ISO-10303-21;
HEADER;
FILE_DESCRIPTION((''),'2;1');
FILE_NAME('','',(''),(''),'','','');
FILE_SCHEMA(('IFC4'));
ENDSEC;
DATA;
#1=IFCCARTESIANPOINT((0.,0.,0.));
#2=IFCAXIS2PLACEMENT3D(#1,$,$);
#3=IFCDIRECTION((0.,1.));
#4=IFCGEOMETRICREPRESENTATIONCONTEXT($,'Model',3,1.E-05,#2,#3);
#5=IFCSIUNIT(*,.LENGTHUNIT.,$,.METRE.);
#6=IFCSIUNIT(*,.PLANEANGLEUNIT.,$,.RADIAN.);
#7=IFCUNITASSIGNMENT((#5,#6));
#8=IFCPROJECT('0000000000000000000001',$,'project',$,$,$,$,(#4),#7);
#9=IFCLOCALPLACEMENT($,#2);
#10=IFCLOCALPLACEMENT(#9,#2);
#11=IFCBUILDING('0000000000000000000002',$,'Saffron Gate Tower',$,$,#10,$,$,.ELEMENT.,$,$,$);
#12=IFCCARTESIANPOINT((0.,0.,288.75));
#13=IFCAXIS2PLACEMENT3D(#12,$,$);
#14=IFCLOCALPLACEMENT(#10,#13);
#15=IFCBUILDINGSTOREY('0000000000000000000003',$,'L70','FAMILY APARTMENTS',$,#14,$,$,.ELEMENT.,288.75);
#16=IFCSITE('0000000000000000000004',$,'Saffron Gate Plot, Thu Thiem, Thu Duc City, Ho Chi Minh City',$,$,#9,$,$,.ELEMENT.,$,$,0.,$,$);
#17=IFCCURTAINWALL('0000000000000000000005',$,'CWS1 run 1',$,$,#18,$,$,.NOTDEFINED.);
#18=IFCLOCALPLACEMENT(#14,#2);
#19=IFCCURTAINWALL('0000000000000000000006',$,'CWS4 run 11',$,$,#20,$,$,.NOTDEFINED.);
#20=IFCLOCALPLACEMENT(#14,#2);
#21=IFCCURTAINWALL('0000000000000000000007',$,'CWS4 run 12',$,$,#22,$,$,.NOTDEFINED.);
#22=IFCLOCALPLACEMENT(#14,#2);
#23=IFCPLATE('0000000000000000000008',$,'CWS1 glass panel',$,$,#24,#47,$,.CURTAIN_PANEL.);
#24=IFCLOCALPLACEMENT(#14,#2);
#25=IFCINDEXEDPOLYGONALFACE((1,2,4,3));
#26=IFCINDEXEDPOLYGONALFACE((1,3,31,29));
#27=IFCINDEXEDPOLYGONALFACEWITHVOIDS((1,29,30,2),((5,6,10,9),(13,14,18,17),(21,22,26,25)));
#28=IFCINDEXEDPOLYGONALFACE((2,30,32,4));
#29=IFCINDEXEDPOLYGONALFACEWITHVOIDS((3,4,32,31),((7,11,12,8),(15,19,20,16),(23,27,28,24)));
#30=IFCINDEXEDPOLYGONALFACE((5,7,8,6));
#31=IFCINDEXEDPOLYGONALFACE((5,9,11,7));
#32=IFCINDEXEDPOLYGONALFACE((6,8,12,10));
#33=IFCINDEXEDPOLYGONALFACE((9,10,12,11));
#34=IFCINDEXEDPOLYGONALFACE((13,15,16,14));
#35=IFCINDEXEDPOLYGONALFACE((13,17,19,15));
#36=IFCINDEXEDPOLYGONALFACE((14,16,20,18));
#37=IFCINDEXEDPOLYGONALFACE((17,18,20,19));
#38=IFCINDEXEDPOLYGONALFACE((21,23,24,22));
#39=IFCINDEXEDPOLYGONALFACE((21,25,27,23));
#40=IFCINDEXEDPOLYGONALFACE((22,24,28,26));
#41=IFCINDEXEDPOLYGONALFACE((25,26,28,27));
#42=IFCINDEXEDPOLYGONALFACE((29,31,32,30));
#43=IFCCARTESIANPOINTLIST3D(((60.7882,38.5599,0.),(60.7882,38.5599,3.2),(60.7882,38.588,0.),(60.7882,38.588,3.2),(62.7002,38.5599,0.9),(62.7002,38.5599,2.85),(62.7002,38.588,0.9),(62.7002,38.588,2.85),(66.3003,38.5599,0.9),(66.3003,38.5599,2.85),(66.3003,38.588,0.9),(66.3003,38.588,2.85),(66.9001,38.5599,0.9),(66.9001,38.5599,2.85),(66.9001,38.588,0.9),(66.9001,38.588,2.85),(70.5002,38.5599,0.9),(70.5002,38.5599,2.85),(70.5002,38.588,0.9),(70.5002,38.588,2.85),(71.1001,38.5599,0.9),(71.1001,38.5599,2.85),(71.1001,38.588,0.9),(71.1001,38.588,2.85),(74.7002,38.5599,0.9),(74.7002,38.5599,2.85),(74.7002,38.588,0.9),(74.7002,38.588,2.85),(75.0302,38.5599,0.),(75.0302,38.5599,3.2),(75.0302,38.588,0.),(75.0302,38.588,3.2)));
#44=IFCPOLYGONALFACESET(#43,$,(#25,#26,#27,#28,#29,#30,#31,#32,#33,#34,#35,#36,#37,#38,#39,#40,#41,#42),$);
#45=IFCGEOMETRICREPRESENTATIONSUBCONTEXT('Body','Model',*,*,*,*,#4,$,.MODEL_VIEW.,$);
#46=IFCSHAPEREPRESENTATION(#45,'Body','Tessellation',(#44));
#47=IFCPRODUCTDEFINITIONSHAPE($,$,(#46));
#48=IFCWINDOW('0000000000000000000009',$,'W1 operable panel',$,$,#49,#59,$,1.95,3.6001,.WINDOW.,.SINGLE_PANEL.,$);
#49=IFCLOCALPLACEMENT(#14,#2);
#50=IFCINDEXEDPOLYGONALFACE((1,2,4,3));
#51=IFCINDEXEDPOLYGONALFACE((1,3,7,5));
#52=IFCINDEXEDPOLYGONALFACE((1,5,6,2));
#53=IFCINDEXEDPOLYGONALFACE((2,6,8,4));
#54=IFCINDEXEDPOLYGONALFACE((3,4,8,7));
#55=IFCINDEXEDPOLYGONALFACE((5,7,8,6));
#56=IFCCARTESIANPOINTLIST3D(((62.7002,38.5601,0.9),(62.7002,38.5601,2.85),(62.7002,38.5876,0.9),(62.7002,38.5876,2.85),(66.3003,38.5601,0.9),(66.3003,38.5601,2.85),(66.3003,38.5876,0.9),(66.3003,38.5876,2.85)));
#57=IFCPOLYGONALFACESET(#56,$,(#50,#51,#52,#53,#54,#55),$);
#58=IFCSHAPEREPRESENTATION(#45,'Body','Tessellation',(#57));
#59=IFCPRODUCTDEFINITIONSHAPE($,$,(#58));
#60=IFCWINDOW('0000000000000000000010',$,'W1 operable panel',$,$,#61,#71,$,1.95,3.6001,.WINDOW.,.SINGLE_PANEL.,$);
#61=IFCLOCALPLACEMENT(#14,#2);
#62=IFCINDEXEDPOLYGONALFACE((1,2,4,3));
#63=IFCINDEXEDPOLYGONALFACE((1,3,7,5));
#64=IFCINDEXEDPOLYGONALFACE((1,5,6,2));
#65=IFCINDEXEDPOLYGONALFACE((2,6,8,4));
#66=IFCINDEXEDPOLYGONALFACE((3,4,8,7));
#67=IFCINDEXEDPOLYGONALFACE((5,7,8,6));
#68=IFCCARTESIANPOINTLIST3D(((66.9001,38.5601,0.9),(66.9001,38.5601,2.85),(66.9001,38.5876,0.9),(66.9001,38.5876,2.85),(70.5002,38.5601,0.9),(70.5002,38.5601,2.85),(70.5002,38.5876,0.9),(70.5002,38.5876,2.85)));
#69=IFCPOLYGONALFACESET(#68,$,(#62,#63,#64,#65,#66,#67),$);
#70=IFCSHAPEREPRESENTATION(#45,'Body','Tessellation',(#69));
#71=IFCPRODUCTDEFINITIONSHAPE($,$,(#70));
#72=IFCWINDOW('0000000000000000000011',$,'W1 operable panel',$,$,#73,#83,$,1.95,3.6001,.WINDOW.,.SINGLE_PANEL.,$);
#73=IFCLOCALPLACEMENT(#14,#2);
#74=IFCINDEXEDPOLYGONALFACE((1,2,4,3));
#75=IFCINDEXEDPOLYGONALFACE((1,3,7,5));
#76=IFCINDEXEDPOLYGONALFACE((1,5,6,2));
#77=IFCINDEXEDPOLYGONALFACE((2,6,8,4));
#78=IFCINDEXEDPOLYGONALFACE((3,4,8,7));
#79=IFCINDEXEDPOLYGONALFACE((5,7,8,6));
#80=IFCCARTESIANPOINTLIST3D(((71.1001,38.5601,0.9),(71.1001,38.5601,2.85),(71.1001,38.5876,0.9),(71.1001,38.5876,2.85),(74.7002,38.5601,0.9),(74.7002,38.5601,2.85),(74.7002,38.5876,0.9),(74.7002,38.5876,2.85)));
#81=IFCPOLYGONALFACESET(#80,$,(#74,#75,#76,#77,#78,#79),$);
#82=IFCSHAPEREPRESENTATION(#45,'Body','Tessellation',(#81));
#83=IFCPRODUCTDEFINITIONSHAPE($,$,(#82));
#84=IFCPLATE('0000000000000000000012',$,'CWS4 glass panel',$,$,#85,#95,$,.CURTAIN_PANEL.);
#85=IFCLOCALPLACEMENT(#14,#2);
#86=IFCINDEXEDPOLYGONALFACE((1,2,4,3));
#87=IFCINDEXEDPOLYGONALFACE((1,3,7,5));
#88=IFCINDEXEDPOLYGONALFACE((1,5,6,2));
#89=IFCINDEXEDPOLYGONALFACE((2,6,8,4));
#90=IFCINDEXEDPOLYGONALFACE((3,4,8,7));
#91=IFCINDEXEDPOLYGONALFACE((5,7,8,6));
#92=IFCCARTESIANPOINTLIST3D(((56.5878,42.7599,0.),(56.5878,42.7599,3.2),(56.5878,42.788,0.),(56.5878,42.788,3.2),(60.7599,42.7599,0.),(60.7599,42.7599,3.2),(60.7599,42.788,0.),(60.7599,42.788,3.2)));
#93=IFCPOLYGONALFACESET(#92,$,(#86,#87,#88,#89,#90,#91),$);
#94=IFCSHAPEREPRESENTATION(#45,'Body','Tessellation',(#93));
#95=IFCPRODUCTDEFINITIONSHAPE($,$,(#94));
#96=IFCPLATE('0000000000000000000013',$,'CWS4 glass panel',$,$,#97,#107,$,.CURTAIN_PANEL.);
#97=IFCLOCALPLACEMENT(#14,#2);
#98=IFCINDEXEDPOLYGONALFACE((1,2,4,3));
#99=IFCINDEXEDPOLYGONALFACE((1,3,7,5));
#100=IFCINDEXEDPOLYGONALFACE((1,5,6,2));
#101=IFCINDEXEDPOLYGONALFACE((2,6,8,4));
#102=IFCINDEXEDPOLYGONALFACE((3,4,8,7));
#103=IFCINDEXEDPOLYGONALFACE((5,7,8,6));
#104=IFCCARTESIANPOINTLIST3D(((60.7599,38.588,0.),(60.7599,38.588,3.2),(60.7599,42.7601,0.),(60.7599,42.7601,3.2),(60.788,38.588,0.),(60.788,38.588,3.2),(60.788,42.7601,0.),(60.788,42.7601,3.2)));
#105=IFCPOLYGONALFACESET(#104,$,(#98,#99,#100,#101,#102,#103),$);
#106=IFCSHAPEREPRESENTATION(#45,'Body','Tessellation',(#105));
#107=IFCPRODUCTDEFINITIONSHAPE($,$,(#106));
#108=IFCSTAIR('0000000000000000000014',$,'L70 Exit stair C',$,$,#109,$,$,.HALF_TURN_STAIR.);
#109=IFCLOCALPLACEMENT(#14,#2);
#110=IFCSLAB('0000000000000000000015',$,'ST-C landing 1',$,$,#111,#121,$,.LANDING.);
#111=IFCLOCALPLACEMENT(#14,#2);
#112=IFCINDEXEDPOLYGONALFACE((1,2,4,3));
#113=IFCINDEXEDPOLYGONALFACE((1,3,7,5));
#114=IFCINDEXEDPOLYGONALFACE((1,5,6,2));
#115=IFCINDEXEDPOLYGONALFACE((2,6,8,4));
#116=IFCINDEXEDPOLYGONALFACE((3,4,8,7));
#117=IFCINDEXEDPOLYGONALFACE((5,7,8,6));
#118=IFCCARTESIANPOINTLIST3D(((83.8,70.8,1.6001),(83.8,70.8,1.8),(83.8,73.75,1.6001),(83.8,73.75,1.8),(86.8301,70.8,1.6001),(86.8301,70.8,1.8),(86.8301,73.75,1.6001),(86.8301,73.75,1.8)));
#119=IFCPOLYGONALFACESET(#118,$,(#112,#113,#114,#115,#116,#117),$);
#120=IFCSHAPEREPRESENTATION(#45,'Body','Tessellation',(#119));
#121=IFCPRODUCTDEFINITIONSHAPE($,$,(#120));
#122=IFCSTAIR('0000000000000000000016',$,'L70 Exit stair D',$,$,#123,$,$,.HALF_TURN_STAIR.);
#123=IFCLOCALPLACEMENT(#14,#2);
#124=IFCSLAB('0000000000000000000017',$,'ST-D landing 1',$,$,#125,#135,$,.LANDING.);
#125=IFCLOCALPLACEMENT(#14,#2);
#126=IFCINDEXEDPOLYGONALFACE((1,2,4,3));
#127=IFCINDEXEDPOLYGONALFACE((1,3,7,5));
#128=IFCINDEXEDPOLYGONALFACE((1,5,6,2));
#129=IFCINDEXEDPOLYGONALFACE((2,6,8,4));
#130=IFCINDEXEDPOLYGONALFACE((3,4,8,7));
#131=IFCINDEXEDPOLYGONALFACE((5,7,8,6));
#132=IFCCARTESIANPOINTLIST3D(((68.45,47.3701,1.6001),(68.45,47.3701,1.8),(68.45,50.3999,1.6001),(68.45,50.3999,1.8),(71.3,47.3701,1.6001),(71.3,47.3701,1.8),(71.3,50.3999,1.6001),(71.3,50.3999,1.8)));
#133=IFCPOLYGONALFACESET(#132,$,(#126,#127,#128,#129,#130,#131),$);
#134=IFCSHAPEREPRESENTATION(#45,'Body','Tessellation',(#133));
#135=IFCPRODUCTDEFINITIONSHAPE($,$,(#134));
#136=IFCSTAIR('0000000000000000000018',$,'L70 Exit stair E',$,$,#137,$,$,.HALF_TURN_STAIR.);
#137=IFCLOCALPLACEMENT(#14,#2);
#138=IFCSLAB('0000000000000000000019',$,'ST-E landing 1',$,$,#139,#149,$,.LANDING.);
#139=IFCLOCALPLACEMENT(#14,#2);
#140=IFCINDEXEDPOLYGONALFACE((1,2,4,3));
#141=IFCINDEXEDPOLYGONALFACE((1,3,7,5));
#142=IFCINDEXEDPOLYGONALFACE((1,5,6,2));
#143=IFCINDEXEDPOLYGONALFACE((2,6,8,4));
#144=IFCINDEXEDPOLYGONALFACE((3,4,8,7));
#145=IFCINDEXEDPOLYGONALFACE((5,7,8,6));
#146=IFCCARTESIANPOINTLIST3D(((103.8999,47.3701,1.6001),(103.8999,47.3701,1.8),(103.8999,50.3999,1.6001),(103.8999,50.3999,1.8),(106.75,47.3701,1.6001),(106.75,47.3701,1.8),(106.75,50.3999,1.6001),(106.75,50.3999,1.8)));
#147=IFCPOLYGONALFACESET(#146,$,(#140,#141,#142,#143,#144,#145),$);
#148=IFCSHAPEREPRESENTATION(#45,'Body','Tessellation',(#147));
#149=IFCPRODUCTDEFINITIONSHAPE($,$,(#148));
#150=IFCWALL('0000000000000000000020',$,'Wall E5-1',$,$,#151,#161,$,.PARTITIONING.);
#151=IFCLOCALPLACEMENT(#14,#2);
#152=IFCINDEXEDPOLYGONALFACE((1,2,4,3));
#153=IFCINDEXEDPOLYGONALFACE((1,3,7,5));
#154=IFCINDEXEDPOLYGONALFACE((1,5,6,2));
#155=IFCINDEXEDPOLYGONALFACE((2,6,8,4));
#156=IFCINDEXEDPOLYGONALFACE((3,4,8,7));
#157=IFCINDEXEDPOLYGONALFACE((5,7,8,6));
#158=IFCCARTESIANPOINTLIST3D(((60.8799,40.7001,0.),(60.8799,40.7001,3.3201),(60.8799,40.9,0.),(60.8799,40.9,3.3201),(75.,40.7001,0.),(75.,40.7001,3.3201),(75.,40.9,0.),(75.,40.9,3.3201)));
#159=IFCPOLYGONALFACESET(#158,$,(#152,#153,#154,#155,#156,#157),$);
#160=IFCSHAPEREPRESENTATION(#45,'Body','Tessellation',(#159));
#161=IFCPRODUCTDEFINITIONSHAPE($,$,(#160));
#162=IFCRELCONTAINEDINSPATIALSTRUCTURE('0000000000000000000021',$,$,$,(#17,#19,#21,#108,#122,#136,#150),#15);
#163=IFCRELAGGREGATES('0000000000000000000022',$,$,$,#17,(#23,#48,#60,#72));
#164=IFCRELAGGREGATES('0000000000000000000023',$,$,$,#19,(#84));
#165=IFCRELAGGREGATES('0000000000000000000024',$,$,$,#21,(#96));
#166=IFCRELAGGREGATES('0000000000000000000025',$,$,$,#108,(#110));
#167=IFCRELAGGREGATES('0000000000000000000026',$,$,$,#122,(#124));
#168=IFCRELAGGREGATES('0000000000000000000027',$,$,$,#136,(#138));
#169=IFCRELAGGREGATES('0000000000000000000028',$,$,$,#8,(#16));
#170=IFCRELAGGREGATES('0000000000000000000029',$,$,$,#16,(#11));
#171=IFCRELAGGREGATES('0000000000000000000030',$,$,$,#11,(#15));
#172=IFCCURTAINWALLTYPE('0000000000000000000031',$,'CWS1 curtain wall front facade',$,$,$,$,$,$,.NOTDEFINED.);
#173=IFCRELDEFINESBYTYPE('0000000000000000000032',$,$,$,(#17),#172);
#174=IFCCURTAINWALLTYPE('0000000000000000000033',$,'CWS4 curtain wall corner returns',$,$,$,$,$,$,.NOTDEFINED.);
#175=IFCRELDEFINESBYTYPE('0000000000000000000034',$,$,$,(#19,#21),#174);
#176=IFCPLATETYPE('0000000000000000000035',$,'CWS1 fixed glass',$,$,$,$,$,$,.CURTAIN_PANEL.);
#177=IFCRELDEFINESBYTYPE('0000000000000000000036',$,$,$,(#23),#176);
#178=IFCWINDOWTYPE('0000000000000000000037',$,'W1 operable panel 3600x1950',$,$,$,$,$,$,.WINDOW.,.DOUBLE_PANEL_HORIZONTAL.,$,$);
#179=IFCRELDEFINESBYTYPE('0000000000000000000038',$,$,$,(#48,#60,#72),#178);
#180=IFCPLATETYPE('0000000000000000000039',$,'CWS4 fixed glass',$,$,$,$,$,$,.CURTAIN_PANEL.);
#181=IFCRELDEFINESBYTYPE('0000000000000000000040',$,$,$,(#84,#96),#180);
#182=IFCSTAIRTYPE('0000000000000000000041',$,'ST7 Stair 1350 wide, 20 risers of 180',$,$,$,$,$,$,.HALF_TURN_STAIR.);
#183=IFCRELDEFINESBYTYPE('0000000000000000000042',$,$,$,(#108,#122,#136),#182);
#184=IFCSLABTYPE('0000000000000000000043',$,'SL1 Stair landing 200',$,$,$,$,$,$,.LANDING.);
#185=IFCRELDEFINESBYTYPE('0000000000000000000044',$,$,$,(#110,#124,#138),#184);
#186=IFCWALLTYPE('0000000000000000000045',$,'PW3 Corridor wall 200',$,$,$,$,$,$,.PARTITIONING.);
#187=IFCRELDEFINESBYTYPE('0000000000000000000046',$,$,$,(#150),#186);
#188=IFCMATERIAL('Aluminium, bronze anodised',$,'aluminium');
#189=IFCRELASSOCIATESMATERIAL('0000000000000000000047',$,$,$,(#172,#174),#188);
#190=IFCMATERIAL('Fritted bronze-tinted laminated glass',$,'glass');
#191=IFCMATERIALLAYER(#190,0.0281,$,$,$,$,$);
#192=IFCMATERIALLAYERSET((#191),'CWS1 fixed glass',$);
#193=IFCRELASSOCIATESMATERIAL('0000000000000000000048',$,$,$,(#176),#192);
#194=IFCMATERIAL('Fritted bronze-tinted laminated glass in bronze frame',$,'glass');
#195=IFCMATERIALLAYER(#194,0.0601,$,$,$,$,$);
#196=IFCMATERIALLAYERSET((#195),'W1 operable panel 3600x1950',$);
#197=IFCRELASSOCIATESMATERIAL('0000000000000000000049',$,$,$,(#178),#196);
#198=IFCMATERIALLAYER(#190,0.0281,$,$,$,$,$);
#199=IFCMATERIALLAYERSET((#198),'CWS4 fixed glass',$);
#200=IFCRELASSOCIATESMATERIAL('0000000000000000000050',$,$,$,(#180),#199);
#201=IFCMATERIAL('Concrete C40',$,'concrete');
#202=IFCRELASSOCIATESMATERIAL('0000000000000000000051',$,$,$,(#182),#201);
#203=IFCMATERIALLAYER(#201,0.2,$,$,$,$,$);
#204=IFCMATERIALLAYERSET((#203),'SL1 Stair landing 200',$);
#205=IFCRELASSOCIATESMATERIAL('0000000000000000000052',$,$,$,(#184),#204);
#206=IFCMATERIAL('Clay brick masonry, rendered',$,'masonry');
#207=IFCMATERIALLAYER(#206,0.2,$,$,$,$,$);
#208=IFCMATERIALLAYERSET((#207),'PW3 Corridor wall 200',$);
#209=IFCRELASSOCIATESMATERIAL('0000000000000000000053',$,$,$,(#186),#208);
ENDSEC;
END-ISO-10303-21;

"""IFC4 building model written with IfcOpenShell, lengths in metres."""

from ifc_helpers import new_model, si_unit, direction, frame, frame_2d, origin, place, context, subcontext, project, spatial, polyline, rectangle, outline, extrude, material, layer, layer_set, type_object, element, fill, aggregate, save


model = new_model("IFC4")

# Units and contexts
model_context = context("Model", 3, precision=1e-05, world=origin(), true_north=direction((0.0, 1.0)))
body_context = subcontext(model_context, "Body", "Model", "MODEL_VIEW")
ifc_project = project(units=[si_unit("LENGTHUNIT", "METRE"), si_unit("PLANEANGLEUNIT", "RADIAN")], contexts=[model_context])

# Site, building, storey
site_placement = place(None, origin())
site = spatial("IfcSite", under=ifc_project, at=site_placement, Name="Saffron Gate Plot, Thu Thiem, Thu Duc City, Ho Chi Minh City", CompositionType="ELEMENT", RefElevation=0.0)
building_placement = place(site_placement, origin())
building = spatial("IfcBuilding", under=site, at=building_placement, Name="Saffron Gate Tower", CompositionType="ELEMENT")
storey_placement = place(building_placement, frame((0.0, 0.0, 288.75)))
storey = spatial("IfcBuildingStorey", under=building, at=storey_placement, Name="L70", Description="FAMILY APARTMENTS", CompositionType="ELEMENT", Elevation=288.75)

# Shared definitions
ifc_material_1 = material(Name="Concrete C40", Category="concrete")

# Curtain walls
ifc_material_2 = material(Name="Aluminium, bronze anodised", Category="aluminium")
curtain_wall_type_1 = type_object("IfcCurtainWallType", Name="CWS1 curtain wall front facade", PredefinedType="NOTDEFINED", material=ifc_material_2)
curtain_wall_1_placement = place(storey_placement, origin())
curtain_wall_1 = element("IfcCurtainWall", 1, at=curtain_wall_1_placement, inside=storey, type_object=curtain_wall_type_1, Name="CWS1 run 1", PredefinedType="NOTDEFINED")
curtain_wall_type_2 = type_object("IfcCurtainWallType", Name="CWS4 curtain wall corner returns", PredefinedType="NOTDEFINED", material=ifc_material_2)
curtain_wall_2_placement = place(storey_placement, origin())
curtain_wall_2 = element("IfcCurtainWall", 2, at=curtain_wall_2_placement, inside=storey, type_object=curtain_wall_type_2, Name="CWS4 run 11", PredefinedType="NOTDEFINED")
curtain_wall_3_placement = place(storey_placement, origin())
curtain_wall_3 = element("IfcCurtainWall", 3, at=curtain_wall_3_placement, inside=storey, type_object=curtain_wall_type_2, Name="CWS4 run 12", PredefinedType="NOTDEFINED")

# Plate, openings, windows
ifc_material_3 = material(Name="Fritted bronze-tinted laminated glass", Category="glass")
ifc_layer_1 = layer(ifc_material_3, 0.0281)
ifc_layer_set_1 = layer_set([ifc_layer_1], Name="CWS1 fixed glass")
plate_type_1 = type_object("IfcPlateType", Name="CWS1 fixed glass", PredefinedType="CURTAIN_PANEL", material=ifc_layer_set_1)
plate_1_placement = place(storey_placement, frame((60.7881, 38.574, 0.0), z_axis=(0.0, 0.0, 1.0), x_axis=(1.0, 0.0, 0.0)))
plate_1 = element("IfcPlate", 4, at=plate_1_placement, type_object=plate_type_1, Name="CWS1 glass panel", PredefinedType="CURTAIN_PANEL", context=body_context, shape_type="SweptSolid", body=[
    extrude(rectangle(XDim=14.2419, YDim=0.0281, at=frame_2d((7.1211, 0.0))), origin(), (0.0, 0.0, 1.0), 3.2),
])
opening_1_placement = place(plate_1_placement, frame((1.9121, 0.0, 0.8999)))
opening_1 = element("IfcOpeningElement", 5, at=opening_1_placement, cuts=plate_1, PredefinedType="OPENING", context=body_context, shape_type="SweptSolid", body=[
    extrude(rectangle(XDim=3.6001, YDim=1.95, at=frame_2d((1.8, 0.9751))), frame((0.0, 0.0239, 0.0), z_axis=(0.0, -1.0, 0.0), x_axis=(1.0, 0.0, 0.0)), (0.0, 0.0, 1.0), 0.0481),
])
opening_2_placement = place(plate_1_placement, frame((6.1121, 0.0, 0.8999)))
opening_2 = element("IfcOpeningElement", 6, at=opening_2_placement, cuts=plate_1, PredefinedType="OPENING", context=body_context, shape_type="SweptSolid", body=[
    extrude(rectangle(XDim=3.6001, YDim=1.95, at=frame_2d((1.8, 0.9751))), frame((0.0, 0.0239, 0.0), z_axis=(0.0, -1.0, 0.0), x_axis=(1.0, 0.0, 0.0)), (0.0, 0.0, 1.0), 0.0481),
])
opening_3_placement = place(plate_1_placement, frame((10.312, 0.0, 0.8999)))
opening_3 = element("IfcOpeningElement", 7, at=opening_3_placement, cuts=plate_1, PredefinedType="OPENING", context=body_context, shape_type="SweptSolid", body=[
    extrude(rectangle(XDim=3.6001, YDim=1.95, at=frame_2d((1.8, 0.9751))), frame((0.0, 0.0239, 0.0), z_axis=(0.0, -1.0, 0.0), x_axis=(1.0, 0.0, 0.0)), (0.0, 0.0, 1.0), 0.0481),
])
ifc_material_4 = material(Name="Fritted bronze-tinted laminated glass in bronze frame", Category="glass")
ifc_layer_2 = layer(ifc_material_4, 0.0601)
ifc_layer_set_2 = layer_set([ifc_layer_2], Name="W1 operable panel 3600x1950")
window_type = type_object("IfcWindowType", Name="W1 operable panel 3600x1950", PartitioningType="DOUBLE_PANEL_HORIZONTAL", PredefinedType="WINDOW", material=ifc_layer_set_2)
window_1_placement = place(opening_1_placement, origin())
window_1 = element("IfcWindow", 8, at=window_1_placement, type_object=window_type, Name="W1 operable panel", OverallHeight=1.95, OverallWidth=3.6001, PartitioningType="SINGLE_PANEL", PredefinedType="WINDOW", context=body_context, shape_type="SweptSolid", body=[
    extrude(rectangle(XDim=3.6001, YDim=1.95, at=frame_2d((1.8, 0.9751))), frame((0.0, 0.0137, 0.0), z_axis=(0.0, -1.0, 0.0), x_axis=(1.0, 0.0, 0.0)), (0.0, 0.0, 1.0), 0.0276),
])
fill(opening_1, window_1)
window_2_placement = place(opening_2_placement, origin())
window_2 = element("IfcWindow", 9, at=window_2_placement, type_object=window_type, Name="W1 operable panel", OverallHeight=1.95, OverallWidth=3.6001, PartitioningType="SINGLE_PANEL", PredefinedType="WINDOW", context=body_context, shape_type="SweptSolid", body=[
    extrude(rectangle(XDim=3.6001, YDim=1.95, at=frame_2d((1.8, 0.9751))), frame((0.0, 0.0137, 0.0), z_axis=(0.0, -1.0, 0.0), x_axis=(1.0, 0.0, 0.0)), (0.0, 0.0, 1.0), 0.0276),
])
fill(opening_2, window_2)
window_3_placement = place(opening_3_placement, origin())
window_3 = element("IfcWindow", 10, at=window_3_placement, type_object=window_type, Name="W1 operable panel", OverallHeight=1.95, OverallWidth=3.6001, PartitioningType="SINGLE_PANEL", PredefinedType="WINDOW", context=body_context, shape_type="SweptSolid", body=[
    extrude(rectangle(XDim=3.6001, YDim=1.95, at=frame_2d((1.8, 0.9751))), frame((0.0, 0.0137, 0.0), z_axis=(0.0, -1.0, 0.0), x_axis=(1.0, 0.0, 0.0)), (0.0, 0.0, 1.0), 0.0276),
])
fill(opening_3, window_3)
aggregate(curtain_wall_1, [plate_1, window_1, window_2, window_3])

# Plates
ifc_layer_3 = layer(ifc_material_3, 0.0281)
ifc_layer_set_3 = layer_set([ifc_layer_3], Name="CWS4 fixed glass")
plate_type_2 = type_object("IfcPlateType", Name="CWS4 fixed glass", PredefinedType="CURTAIN_PANEL", material=ifc_layer_set_3)
plate_2_placement = place(storey_placement, frame((56.5879, 42.7739, 0.0), z_axis=(0.0, 0.0, 1.0), x_axis=(1.0, 0.0, 0.0)))
plate_2 = element("IfcPlate", 11, at=plate_2_placement, type_object=plate_type_2, Name="CWS4 glass panel", PredefinedType="CURTAIN_PANEL", context=body_context, shape_type="SweptSolid", body=[
    extrude(rectangle(XDim=4.1721, YDim=0.0281, at=frame_2d((2.0859, 0.0))), origin(), (0.0, 0.0, 1.0), 3.2),
])
aggregate(curtain_wall_2, [plate_2])
plate_3_placement = place(storey_placement, frame((60.7739, 42.76, 0.0), z_axis=(0.0, 0.0, 1.0), x_axis=(0.0, -1.0, 0.0)))
plate_3 = element("IfcPlate", 12, at=plate_3_placement, type_object=plate_type_2, Name="CWS4 glass panel", PredefinedType="CURTAIN_PANEL", context=body_context, shape_type="SweptSolid", body=[
    extrude(rectangle(XDim=4.1721, YDim=0.0281, at=frame_2d((2.0859, 0.0))), origin(), (0.0, 0.0, 1.0), 3.2),
])
aggregate(curtain_wall_3, [plate_3])

# Stairs, slabs
stair_type = type_object("IfcStairType", Name="ST7 Stair 1350 wide, 20 risers of 180", PredefinedType="HALF_TURN_STAIR", material=ifc_material_1)
stair_1_placement = place(storey_placement, origin())
stair_1 = element("IfcStair", 13, at=stair_1_placement, inside=storey, type_object=stair_type, Name="L70 Exit stair C", PredefinedType="HALF_TURN_STAIR")
ifc_layer_4 = layer(ifc_material_1, 0.2)
ifc_layer_set_4 = layer_set([ifc_layer_4], Name="SL1 Stair landing 200")
slab_type = type_object("IfcSlabType", Name="SL1 Stair landing 200", PredefinedType="LANDING", material=ifc_layer_set_4)
slab_1_placement = place(storey_placement, frame((0.0, 0.0, 1.6001)))
slab_1 = element("IfcSlab", 14, at=slab_1_placement, type_object=slab_type, Name="ST-C landing 1", PredefinedType="LANDING", context=body_context, shape_type="SweptSolid", body=[
    extrude(outline(polyline([(86.8301, 73.75), (83.8, 73.75), (83.8, 70.8), (86.8301, 70.8), (86.8301, 73.75)])), origin(), (0.0, 0.0, 1.0), 0.2),
])
aggregate(stair_1, [slab_1])
stair_2_placement = place(storey_placement, origin())
stair_2 = element("IfcStair", 15, at=stair_2_placement, inside=storey, type_object=stair_type, Name="L70 Exit stair D", PredefinedType="HALF_TURN_STAIR")
slab_2_placement = place(storey_placement, frame((0.0, 0.0, 1.6001)))
slab_2 = element("IfcSlab", 16, at=slab_2_placement, type_object=slab_type, Name="ST-D landing 1", PredefinedType="LANDING", context=body_context, shape_type="SweptSolid", body=[
    extrude(outline(polyline([(71.3, 47.3701), (71.3, 50.3999), (68.45, 50.3999), (68.45, 47.3701), (71.3, 47.3701)])), origin(), (0.0, 0.0, 1.0), 0.2),
])
aggregate(stair_2, [slab_2])
stair_3_placement = place(storey_placement, origin())
stair_3 = element("IfcStair", 17, at=stair_3_placement, inside=storey, type_object=stair_type, Name="L70 Exit stair E", PredefinedType="HALF_TURN_STAIR")
slab_3_placement = place(storey_placement, frame((0.0, 0.0, 1.6001)))
slab_3 = element("IfcSlab", 18, at=slab_3_placement, type_object=slab_type, Name="ST-E landing 1", PredefinedType="LANDING", context=body_context, shape_type="SweptSolid", body=[
    extrude(outline(polyline([(106.75, 47.3701), (106.75, 50.3999), (103.8999, 50.3999), (103.8999, 47.3701), (106.75, 47.3701)])), origin(), (0.0, 0.0, 1.0), 0.2),
])
aggregate(stair_3, [slab_3])

# Wall
ifc_material_5 = material(Name="Clay brick masonry, rendered", Category="masonry")
ifc_layer_5 = layer(ifc_material_5, 0.2)
ifc_layer_set_5 = layer_set([ifc_layer_5], Name="PW3 Corridor wall 200")
wall_type_1 = type_object("IfcWallType", Name="PW3 Corridor wall 200", PredefinedType="PARTITIONING", material=ifc_layer_set_5)
wall_1_placement = place(storey_placement, frame((60.8799, 40.8, 0.0), z_axis=(0.0, 0.0, 1.0), x_axis=(1.0, 0.0, 0.0)))
element("IfcWall", 19, at=wall_1_placement, inside=storey, type_object=wall_type_1, Name="Wall E5-1", PredefinedType="PARTITIONING", context=body_context, shape_type="SweptSolid", body=[
    extrude(rectangle(XDim=14.1201, YDim=0.2, at=frame_2d((7.0601, 0.0))), origin(), (0.0, 0.0, 1.0), 3.3201),
])

save(model, "model.ifc")
